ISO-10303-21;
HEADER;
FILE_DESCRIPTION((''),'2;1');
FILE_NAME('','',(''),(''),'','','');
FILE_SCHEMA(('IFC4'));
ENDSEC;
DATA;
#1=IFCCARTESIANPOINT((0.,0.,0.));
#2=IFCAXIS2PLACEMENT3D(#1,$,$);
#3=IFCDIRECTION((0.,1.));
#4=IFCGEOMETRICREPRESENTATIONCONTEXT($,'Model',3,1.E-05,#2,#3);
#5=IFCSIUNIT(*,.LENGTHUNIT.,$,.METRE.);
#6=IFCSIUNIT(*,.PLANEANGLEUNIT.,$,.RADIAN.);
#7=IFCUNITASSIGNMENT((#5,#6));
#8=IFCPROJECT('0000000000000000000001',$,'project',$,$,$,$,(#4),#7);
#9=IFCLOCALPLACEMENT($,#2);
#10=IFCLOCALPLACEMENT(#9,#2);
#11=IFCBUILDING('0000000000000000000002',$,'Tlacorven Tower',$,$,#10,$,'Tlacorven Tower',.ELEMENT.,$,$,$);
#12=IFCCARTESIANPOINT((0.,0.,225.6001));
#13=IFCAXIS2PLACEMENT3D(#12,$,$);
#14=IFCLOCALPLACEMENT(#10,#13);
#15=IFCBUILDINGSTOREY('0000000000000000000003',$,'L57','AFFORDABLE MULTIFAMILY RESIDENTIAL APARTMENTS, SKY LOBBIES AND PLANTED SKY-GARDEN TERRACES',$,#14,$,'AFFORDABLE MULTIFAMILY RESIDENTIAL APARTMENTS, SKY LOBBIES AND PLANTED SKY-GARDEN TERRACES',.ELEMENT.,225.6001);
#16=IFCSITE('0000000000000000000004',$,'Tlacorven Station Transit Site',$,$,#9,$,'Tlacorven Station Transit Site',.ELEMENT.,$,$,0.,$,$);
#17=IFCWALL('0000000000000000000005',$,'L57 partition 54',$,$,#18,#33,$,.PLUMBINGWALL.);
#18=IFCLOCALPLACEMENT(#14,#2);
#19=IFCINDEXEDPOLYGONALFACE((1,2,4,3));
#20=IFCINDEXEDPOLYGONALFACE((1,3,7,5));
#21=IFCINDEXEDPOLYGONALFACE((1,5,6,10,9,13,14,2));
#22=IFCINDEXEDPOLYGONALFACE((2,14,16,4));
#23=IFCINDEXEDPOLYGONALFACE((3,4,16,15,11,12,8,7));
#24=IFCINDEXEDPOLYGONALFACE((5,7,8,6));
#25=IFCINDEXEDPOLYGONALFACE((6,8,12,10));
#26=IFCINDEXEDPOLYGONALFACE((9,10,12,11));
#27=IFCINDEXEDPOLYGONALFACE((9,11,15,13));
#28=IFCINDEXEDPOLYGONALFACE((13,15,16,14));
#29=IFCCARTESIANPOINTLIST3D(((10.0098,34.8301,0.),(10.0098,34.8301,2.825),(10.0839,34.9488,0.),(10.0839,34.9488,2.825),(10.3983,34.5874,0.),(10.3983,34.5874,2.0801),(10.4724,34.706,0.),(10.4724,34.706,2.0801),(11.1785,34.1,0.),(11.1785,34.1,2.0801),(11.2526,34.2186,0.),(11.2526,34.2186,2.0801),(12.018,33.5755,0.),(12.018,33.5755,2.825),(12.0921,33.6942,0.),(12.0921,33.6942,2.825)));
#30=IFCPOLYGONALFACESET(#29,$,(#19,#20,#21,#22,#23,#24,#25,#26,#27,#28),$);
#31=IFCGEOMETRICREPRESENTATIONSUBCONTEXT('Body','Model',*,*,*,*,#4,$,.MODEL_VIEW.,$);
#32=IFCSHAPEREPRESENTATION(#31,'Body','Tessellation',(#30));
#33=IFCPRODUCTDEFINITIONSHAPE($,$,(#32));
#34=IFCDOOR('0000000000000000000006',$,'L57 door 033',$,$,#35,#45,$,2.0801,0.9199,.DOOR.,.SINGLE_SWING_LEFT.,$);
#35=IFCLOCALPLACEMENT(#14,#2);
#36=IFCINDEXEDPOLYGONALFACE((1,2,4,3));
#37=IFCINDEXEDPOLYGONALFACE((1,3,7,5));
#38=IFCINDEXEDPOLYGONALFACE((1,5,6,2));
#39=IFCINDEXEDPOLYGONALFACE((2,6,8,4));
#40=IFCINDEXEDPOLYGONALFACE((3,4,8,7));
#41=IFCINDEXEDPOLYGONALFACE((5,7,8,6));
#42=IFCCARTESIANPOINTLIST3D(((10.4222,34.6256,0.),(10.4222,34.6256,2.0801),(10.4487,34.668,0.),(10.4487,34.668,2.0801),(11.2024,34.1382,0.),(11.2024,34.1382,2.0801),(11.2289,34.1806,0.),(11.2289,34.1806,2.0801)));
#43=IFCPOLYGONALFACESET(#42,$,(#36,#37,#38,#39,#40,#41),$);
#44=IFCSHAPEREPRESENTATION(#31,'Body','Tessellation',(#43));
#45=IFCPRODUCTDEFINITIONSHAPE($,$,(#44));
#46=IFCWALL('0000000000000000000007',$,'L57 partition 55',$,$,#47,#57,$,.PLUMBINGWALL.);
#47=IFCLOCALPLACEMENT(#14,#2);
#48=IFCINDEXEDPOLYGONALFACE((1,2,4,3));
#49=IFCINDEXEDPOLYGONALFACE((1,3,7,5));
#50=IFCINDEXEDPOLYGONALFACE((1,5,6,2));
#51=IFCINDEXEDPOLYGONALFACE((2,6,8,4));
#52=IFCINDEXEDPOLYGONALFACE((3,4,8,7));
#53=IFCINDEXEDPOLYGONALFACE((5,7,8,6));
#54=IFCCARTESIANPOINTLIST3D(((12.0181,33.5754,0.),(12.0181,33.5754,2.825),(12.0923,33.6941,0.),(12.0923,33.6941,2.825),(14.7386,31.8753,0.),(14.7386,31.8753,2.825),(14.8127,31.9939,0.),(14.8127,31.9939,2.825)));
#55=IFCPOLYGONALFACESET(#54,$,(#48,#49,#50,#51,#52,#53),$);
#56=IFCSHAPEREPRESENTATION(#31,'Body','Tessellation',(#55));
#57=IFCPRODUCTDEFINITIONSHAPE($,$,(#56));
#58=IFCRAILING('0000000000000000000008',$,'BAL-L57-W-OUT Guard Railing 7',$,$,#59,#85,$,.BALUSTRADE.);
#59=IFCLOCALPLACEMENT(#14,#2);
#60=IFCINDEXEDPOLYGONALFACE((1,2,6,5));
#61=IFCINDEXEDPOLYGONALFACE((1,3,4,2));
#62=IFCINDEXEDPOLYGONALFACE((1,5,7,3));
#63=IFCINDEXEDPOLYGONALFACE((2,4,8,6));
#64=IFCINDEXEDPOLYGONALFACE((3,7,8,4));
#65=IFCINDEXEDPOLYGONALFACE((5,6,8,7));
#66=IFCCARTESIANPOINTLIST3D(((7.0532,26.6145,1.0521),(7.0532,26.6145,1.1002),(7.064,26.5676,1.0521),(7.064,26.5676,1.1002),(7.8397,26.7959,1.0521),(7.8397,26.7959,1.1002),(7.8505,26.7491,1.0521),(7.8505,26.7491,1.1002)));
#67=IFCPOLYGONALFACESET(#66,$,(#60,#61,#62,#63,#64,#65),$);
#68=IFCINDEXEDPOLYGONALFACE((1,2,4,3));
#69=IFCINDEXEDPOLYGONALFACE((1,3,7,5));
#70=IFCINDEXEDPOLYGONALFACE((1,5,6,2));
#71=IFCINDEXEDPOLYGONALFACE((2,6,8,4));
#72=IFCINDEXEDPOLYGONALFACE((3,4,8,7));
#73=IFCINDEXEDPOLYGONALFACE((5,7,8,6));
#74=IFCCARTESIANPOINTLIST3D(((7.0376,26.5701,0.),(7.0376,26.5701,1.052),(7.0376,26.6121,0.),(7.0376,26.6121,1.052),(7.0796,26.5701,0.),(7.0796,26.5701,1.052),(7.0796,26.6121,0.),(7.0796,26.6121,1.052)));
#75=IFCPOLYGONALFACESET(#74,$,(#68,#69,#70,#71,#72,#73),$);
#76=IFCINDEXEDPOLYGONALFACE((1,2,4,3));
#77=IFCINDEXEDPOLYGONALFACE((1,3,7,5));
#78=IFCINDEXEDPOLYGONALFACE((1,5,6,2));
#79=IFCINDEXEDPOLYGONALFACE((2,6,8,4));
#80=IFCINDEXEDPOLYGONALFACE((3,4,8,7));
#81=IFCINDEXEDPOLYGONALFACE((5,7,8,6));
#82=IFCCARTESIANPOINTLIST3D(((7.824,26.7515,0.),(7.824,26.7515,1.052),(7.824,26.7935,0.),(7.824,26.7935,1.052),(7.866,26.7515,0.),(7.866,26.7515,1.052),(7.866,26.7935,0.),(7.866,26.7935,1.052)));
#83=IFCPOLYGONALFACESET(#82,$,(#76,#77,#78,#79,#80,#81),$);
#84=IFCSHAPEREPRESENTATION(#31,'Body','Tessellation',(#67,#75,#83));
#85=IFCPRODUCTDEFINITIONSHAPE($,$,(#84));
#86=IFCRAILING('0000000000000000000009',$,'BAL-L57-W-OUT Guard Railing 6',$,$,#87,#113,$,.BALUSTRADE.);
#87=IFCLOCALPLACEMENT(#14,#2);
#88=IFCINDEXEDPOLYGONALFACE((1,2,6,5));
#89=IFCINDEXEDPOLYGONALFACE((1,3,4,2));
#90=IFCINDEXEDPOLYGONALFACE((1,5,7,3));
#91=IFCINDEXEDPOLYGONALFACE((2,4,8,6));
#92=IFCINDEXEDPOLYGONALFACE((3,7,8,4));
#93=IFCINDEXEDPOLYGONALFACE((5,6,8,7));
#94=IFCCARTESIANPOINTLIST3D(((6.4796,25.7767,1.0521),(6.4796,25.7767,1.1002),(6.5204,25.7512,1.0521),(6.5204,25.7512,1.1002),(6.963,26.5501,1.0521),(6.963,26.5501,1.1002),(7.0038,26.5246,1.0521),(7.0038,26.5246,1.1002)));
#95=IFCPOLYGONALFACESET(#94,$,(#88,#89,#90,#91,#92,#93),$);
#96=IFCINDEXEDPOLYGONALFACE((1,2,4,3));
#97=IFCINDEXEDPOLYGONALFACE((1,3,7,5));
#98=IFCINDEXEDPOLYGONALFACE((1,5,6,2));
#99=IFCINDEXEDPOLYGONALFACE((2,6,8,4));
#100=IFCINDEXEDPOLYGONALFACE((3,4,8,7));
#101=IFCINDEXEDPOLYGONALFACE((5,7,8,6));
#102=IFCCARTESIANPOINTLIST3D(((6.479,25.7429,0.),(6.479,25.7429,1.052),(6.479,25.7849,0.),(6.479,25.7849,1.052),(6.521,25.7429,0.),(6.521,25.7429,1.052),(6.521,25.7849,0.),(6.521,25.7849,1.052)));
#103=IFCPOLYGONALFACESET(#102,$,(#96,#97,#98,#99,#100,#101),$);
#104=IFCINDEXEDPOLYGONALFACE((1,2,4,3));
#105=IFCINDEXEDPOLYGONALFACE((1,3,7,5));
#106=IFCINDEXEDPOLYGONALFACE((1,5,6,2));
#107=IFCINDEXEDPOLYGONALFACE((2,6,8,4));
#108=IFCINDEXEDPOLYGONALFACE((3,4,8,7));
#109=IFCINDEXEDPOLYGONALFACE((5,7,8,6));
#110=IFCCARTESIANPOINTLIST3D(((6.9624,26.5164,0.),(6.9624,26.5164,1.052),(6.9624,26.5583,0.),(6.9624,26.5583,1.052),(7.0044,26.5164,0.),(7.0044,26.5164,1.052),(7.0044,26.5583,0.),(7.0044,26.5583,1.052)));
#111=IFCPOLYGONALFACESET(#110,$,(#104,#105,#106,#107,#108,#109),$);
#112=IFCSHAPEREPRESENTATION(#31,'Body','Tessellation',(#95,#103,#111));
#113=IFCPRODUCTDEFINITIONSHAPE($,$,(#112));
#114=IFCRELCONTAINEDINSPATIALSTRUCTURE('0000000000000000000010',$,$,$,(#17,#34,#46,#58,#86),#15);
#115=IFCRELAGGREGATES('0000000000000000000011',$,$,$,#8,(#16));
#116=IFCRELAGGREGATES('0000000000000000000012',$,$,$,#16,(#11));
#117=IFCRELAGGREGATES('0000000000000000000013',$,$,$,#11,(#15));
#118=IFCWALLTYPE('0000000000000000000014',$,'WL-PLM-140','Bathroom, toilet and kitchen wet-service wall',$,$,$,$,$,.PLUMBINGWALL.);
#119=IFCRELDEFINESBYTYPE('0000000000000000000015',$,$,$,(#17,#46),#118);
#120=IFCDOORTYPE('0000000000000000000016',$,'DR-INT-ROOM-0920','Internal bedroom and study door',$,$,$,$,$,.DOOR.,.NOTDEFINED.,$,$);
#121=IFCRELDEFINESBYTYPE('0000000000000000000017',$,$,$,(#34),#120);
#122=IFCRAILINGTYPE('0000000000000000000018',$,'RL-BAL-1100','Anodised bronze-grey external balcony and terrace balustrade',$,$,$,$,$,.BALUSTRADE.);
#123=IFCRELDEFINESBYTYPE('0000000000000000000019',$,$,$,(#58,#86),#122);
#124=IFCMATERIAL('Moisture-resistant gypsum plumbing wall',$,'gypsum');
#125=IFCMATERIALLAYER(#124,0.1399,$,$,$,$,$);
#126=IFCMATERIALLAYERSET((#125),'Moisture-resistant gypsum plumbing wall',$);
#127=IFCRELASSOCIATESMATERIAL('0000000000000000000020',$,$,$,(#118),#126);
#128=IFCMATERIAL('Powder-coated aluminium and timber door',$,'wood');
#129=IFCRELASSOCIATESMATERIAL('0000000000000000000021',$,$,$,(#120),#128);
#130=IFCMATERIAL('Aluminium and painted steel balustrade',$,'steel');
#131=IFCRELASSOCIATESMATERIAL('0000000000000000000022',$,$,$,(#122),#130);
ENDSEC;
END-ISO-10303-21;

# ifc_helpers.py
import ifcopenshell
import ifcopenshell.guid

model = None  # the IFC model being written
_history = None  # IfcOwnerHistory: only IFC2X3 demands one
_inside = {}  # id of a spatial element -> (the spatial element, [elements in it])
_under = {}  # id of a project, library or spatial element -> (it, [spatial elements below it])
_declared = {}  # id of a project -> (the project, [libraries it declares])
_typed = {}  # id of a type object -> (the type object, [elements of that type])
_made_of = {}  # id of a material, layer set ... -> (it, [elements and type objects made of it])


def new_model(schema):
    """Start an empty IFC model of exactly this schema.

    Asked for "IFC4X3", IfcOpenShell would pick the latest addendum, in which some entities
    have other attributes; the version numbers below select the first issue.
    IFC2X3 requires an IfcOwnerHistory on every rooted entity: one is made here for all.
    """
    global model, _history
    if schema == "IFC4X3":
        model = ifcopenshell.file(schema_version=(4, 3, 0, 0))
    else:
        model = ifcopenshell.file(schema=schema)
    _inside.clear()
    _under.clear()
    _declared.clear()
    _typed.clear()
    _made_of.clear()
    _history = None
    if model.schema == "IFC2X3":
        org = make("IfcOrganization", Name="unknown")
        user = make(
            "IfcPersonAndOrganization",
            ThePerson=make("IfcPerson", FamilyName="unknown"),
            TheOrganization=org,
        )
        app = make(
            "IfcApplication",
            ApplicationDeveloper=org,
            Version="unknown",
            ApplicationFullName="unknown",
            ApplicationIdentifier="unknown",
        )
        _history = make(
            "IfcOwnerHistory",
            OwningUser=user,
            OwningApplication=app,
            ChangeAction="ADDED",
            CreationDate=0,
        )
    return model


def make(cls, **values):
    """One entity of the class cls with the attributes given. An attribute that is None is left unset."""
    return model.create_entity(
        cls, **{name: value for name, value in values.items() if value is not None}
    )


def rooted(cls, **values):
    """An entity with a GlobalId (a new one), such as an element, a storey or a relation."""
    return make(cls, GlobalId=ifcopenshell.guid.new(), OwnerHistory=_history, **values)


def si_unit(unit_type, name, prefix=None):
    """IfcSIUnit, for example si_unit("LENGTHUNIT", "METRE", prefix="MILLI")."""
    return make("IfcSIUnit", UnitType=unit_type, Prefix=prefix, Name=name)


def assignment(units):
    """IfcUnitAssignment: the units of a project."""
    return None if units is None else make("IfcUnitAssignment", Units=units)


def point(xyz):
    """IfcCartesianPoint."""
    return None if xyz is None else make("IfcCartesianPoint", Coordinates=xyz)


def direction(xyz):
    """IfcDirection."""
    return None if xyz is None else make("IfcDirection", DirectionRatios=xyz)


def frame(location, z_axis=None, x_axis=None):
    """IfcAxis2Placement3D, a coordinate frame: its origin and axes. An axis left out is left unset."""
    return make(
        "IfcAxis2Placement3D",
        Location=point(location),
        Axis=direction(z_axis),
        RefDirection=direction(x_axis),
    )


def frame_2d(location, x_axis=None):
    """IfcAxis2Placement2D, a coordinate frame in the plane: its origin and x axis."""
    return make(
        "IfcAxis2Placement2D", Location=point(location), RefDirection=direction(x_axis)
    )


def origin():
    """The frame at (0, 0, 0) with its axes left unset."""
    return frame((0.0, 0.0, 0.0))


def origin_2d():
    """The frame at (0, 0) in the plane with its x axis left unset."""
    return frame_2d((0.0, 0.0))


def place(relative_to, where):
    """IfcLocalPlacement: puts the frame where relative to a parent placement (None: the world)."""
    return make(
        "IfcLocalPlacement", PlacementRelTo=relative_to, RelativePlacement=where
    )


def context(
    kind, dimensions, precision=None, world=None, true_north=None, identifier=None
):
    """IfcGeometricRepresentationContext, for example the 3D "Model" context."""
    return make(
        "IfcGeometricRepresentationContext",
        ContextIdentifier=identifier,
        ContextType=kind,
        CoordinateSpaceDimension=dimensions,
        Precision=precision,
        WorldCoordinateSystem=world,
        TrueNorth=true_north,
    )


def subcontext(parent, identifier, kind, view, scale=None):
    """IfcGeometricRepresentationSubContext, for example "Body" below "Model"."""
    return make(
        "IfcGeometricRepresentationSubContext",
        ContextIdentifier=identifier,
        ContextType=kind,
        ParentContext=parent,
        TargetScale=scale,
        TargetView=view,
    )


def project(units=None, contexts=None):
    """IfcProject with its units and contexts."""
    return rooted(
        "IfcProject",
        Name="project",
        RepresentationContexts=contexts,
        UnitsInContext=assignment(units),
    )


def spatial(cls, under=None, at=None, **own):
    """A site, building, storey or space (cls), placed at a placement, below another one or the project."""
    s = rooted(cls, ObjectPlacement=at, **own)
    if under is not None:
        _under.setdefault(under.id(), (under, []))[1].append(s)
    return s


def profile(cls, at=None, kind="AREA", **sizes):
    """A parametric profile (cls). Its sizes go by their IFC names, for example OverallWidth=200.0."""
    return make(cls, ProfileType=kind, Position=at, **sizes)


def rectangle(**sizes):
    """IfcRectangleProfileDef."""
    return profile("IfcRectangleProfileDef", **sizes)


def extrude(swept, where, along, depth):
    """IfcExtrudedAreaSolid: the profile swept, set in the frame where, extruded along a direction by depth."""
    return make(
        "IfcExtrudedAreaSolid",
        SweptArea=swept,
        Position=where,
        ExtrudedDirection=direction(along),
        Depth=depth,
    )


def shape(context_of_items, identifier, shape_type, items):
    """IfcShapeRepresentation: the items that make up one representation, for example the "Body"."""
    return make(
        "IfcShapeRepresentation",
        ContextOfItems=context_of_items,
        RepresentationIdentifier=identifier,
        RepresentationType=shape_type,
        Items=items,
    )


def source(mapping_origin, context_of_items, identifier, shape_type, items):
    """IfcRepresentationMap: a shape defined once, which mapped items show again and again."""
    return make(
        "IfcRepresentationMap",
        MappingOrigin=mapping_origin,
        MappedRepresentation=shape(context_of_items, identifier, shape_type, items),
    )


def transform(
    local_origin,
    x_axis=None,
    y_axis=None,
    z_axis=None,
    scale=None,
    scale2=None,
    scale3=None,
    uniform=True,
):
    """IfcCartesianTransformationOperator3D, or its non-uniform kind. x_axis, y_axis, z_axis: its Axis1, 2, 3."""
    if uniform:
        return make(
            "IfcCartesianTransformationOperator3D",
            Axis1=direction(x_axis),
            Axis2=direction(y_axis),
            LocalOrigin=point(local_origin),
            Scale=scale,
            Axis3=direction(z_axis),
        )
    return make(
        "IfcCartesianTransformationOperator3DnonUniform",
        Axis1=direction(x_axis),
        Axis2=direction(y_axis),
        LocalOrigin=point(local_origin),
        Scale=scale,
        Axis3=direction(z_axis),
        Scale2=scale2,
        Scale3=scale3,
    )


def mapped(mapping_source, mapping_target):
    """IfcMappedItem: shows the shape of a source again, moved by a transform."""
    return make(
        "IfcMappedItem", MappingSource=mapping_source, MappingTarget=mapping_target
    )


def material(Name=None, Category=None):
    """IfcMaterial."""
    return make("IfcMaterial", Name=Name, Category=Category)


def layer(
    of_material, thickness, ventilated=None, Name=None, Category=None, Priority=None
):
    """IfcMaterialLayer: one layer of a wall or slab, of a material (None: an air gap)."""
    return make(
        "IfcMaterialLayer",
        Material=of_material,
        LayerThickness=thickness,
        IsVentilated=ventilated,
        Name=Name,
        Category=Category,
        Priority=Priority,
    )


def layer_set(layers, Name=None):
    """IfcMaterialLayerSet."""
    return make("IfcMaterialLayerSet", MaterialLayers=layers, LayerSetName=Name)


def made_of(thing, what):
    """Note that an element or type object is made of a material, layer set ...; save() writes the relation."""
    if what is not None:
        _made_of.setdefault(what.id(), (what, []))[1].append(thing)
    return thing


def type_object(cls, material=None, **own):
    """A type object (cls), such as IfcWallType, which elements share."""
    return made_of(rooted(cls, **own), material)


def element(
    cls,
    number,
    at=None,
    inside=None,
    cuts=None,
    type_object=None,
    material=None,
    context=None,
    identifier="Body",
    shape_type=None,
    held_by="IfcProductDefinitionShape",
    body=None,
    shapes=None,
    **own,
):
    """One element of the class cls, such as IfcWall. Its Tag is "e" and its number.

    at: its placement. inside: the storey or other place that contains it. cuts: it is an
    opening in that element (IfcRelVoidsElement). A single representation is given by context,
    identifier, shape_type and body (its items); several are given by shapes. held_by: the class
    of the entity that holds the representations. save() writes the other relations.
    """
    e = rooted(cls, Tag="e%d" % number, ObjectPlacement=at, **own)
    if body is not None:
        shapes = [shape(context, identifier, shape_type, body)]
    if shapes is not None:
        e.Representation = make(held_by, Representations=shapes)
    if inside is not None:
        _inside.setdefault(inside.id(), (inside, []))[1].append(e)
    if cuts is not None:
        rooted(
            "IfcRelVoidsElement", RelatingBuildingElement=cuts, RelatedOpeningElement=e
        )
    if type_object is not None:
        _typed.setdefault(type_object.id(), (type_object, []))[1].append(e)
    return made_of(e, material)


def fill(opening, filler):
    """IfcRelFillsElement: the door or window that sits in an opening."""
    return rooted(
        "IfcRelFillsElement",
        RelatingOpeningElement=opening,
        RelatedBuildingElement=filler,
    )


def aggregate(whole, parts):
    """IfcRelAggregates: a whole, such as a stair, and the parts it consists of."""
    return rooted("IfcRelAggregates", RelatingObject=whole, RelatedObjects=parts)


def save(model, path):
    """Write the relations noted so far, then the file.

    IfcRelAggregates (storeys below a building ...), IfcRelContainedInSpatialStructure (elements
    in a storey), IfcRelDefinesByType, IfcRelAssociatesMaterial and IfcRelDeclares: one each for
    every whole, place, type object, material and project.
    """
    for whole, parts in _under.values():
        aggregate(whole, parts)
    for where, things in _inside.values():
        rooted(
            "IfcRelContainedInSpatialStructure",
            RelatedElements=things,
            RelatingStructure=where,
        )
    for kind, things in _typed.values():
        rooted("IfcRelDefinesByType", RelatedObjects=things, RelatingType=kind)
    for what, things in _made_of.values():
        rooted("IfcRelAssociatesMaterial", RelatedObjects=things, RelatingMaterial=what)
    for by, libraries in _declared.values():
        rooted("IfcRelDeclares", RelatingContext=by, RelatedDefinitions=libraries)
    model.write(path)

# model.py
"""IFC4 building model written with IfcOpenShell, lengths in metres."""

from ifc_helpers import new_model, si_unit, direction, frame, frame_2d, origin, origin_2d, place, context, subcontext, project, spatial, rectangle, extrude, source, transform, mapped, material, layer, layer_set, type_object, element, fill, save


model = new_model("IFC4")

# Units and contexts
model_context = context("Model", 3, precision=1e-05, world=origin(), true_north=direction((0.0, 1.0)))
body_context = subcontext(model_context, "Body", "Model", "MODEL_VIEW")
ifc_project = project(units=[si_unit("LENGTHUNIT", "METRE"), si_unit("PLANEANGLEUNIT", "RADIAN")], contexts=[model_context])

# Site, building, storey
site_placement = place(None, origin())
site = spatial("IfcSite", under=ifc_project, at=site_placement, Name="Tlacorven Station Transit Site", LongName="Tlacorven Station Transit Site", CompositionType="ELEMENT", RefElevation=0.0)
building_placement = place(site_placement, origin())
building = spatial("IfcBuilding", under=site, at=building_placement, Name="Tlacorven Tower", LongName="Tlacorven Tower", CompositionType="ELEMENT")
storey_placement = place(building_placement, frame((0.0, 0.0, 225.6001)))
storey = spatial("IfcBuildingStorey", under=building, at=storey_placement, Name="L57", Description="AFFORDABLE MULTIFAMILY RESIDENTIAL APARTMENTS, SKY LOBBIES AND PLANTED SKY-GARDEN TERRACES", LongName="AFFORDABLE MULTIFAMILY RESIDENTIAL APARTMENTS, SKY LOBBIES AND PLANTED SKY-GARDEN TERRACES", CompositionType="ELEMENT", Elevation=225.6001)

# Wall, opening, door
ifc_material_1 = material(Name="Moisture-resistant gypsum plumbing wall", Category="gypsum")
ifc_layer_1 = layer(ifc_material_1, 0.1399)
ifc_layer_set_1 = layer_set([ifc_layer_1], Name="Moisture-resistant gypsum plumbing wall")
wall_type_1 = type_object("IfcWallType", Name="WL-PLM-140", Description="Bathroom, toilet and kitchen wet-service wall", PredefinedType="PLUMBINGWALL", material=ifc_layer_set_1)
ifc_material_2 = material(Name="Powder-coated aluminium and timber door", Category="wood")
wall_1_placement = place(storey_placement, frame((12.0552, 33.6348, 0.0), z_axis=(0.0, 0.0, 1.0), x_axis=(-0.848103, 0.529832, 0.0)))
wall_1 = element("IfcWall", 1, at=wall_1_placement, inside=storey, type_object=wall_type_1, Name="L57 partition 54", PredefinedType="PLUMBINGWALL", context=body_context, shape_type="SweptSolid", body=[
    extrude(rectangle(XDim=2.3679, YDim=0.1399, at=frame_2d((1.1841, 0.0))), origin(), (0.0, 0.0, 1.0), 2.825),
])
opening_1_placement = place(wall_1_placement, frame((0.99, 0.0, 0.0)))
opening_1 = element("IfcOpeningElement", 2, at=opening_1_placement, cuts=wall_1, PredefinedType="OPENING", context=body_context, shape_type="SweptSolid", body=[
    extrude(rectangle(XDim=0.9199, YDim=2.0801, at=frame_2d((0.46, 1.04))), frame((0.0, 0.0801, 0.0), z_axis=(0.0, -1.0, 0.0), x_axis=(1.0, 0.0, 0.0)), (0.0, 0.0, 1.0), 0.1599),
])
door_type_1 = type_object("IfcDoorType", Name="DR-INT-ROOM-0920", Description="Internal bedroom and study door", OperationType="NOTDEFINED", PredefinedType="DOOR", material=ifc_material_2)
shared_shape_1 = source(origin(), body_context, "Body", "SweptSolid", [
    extrude(rectangle(XDim=0.9199, YDim=2.0801, at=frame_2d((0.46, 1.04))), frame((0.0, 0.0249, 0.0), z_axis=(0.0, -1.0, 0.0), x_axis=(1.0, 0.0, 0.0)), (0.0, 0.0, 1.0), 0.05),
])
door_1_placement = place(opening_1_placement, origin())
door_1 = element("IfcDoor", 3, at=door_1_placement, inside=storey, type_object=door_type_1, Name="L57 door 033", OperationType="SINGLE_SWING_LEFT", OverallHeight=2.0801, OverallWidth=0.9199, PredefinedType="DOOR", context=body_context, shape_type="MappedRepresentation", body=[
    mapped(shared_shape_1, transform((0.0, 0.0, 0.0), scale=1.0)),
])
fill(opening_1, door_1)

# Wall
wall_2_placement = place(storey_placement, frame((14.7756, 31.9346, 0.0), z_axis=(0.0, 0.0, 1.0), x_axis=(-0.848011, 0.529978, 0.0)))
element("IfcWall", 4, at=wall_2_placement, inside=storey, type_object=wall_type_1, Name="L57 partition 55", PredefinedType="PLUMBINGWALL", context=body_context, shape_type="SweptSolid", body=[
    extrude(rectangle(XDim=3.208, YDim=0.1399, at=frame_2d((1.604, 0.0))), origin(), (0.0, 0.0, 1.0), 2.825),
])

# Railings
ifc_material_3 = material(Name="Aluminium and painted steel balustrade", Category="steel")
railing_type = type_object("IfcRailingType", Name="RL-BAL-1100", Description="Anodised bronze-grey external balcony and terrace balustrade", PredefinedType="BALUSTRADE", material=ifc_material_3)
shared_shape_2 = source(origin(), body_context, "Body", "SweptSolid", [
    extrude(rectangle(XDim=0.0481, YDim=0.0481, at=origin_2d()), frame((0.0, 0.0, 1.0762), z_axis=(0.974412, 0.224771, 0.0), x_axis=(-0.224771, 0.974412, 0.0)), (0.0, 0.0, 1.0), 0.8071),
    extrude(rectangle(XDim=0.042, YDim=0.042, at=origin_2d()), origin(), (0.0, 0.0, 1.0), 1.052),
    extrude(rectangle(XDim=0.042, YDim=0.042, at=origin_2d()), frame((0.7864, 0.1814, 0.0)), (0.0, 0.0, 1.0), 1.052),
])
railing_1_placement = place(storey_placement, frame((7.0586, 26.5911, 0.0)))
element("IfcRailing", 5, at=railing_1_placement, inside=storey, type_object=railing_type, Name="BAL-L57-W-OUT Guard Railing 7", PredefinedType="BALUSTRADE", context=body_context, shape_type="MappedRepresentation", body=[
    mapped(shared_shape_2, transform((0.0, 0.0, 0.0), scale=1.0)),
])
shared_shape_3 = source(origin(), body_context, "Body", "SweptSolid", [
    extrude(rectangle(XDim=0.0481, YDim=0.0481, at=origin_2d()), frame((0.0, 0.0, 1.0762), z_axis=(0.529999, 0.847998, 0.0), x_axis=(-0.847998, 0.529999, 0.0)), (0.0, 0.0, 1.0), 0.9121),
    extrude(rectangle(XDim=0.042, YDim=0.042, at=origin_2d()), origin(), (0.0, 0.0, 1.0), 1.052),
    extrude(rectangle(XDim=0.042, YDim=0.042, at=origin_2d()), frame((0.4834, 0.7734, 0.0)), (0.0, 0.0, 1.0), 1.052),
])
railing_2_placement = place(storey_placement, frame((6.5, 25.7639, 0.0)))
element("IfcRailing", 6, at=railing_2_placement, inside=storey, type_object=railing_type, Name="BAL-L57-W-OUT Guard Railing 6", PredefinedType="BALUSTRADE", context=body_context, shape_type="MappedRepresentation", body=[
    mapped(shared_shape_3, transform((0.0, 0.0, 0.0), scale=1.0)),
])

save(model, "model.ifc")
